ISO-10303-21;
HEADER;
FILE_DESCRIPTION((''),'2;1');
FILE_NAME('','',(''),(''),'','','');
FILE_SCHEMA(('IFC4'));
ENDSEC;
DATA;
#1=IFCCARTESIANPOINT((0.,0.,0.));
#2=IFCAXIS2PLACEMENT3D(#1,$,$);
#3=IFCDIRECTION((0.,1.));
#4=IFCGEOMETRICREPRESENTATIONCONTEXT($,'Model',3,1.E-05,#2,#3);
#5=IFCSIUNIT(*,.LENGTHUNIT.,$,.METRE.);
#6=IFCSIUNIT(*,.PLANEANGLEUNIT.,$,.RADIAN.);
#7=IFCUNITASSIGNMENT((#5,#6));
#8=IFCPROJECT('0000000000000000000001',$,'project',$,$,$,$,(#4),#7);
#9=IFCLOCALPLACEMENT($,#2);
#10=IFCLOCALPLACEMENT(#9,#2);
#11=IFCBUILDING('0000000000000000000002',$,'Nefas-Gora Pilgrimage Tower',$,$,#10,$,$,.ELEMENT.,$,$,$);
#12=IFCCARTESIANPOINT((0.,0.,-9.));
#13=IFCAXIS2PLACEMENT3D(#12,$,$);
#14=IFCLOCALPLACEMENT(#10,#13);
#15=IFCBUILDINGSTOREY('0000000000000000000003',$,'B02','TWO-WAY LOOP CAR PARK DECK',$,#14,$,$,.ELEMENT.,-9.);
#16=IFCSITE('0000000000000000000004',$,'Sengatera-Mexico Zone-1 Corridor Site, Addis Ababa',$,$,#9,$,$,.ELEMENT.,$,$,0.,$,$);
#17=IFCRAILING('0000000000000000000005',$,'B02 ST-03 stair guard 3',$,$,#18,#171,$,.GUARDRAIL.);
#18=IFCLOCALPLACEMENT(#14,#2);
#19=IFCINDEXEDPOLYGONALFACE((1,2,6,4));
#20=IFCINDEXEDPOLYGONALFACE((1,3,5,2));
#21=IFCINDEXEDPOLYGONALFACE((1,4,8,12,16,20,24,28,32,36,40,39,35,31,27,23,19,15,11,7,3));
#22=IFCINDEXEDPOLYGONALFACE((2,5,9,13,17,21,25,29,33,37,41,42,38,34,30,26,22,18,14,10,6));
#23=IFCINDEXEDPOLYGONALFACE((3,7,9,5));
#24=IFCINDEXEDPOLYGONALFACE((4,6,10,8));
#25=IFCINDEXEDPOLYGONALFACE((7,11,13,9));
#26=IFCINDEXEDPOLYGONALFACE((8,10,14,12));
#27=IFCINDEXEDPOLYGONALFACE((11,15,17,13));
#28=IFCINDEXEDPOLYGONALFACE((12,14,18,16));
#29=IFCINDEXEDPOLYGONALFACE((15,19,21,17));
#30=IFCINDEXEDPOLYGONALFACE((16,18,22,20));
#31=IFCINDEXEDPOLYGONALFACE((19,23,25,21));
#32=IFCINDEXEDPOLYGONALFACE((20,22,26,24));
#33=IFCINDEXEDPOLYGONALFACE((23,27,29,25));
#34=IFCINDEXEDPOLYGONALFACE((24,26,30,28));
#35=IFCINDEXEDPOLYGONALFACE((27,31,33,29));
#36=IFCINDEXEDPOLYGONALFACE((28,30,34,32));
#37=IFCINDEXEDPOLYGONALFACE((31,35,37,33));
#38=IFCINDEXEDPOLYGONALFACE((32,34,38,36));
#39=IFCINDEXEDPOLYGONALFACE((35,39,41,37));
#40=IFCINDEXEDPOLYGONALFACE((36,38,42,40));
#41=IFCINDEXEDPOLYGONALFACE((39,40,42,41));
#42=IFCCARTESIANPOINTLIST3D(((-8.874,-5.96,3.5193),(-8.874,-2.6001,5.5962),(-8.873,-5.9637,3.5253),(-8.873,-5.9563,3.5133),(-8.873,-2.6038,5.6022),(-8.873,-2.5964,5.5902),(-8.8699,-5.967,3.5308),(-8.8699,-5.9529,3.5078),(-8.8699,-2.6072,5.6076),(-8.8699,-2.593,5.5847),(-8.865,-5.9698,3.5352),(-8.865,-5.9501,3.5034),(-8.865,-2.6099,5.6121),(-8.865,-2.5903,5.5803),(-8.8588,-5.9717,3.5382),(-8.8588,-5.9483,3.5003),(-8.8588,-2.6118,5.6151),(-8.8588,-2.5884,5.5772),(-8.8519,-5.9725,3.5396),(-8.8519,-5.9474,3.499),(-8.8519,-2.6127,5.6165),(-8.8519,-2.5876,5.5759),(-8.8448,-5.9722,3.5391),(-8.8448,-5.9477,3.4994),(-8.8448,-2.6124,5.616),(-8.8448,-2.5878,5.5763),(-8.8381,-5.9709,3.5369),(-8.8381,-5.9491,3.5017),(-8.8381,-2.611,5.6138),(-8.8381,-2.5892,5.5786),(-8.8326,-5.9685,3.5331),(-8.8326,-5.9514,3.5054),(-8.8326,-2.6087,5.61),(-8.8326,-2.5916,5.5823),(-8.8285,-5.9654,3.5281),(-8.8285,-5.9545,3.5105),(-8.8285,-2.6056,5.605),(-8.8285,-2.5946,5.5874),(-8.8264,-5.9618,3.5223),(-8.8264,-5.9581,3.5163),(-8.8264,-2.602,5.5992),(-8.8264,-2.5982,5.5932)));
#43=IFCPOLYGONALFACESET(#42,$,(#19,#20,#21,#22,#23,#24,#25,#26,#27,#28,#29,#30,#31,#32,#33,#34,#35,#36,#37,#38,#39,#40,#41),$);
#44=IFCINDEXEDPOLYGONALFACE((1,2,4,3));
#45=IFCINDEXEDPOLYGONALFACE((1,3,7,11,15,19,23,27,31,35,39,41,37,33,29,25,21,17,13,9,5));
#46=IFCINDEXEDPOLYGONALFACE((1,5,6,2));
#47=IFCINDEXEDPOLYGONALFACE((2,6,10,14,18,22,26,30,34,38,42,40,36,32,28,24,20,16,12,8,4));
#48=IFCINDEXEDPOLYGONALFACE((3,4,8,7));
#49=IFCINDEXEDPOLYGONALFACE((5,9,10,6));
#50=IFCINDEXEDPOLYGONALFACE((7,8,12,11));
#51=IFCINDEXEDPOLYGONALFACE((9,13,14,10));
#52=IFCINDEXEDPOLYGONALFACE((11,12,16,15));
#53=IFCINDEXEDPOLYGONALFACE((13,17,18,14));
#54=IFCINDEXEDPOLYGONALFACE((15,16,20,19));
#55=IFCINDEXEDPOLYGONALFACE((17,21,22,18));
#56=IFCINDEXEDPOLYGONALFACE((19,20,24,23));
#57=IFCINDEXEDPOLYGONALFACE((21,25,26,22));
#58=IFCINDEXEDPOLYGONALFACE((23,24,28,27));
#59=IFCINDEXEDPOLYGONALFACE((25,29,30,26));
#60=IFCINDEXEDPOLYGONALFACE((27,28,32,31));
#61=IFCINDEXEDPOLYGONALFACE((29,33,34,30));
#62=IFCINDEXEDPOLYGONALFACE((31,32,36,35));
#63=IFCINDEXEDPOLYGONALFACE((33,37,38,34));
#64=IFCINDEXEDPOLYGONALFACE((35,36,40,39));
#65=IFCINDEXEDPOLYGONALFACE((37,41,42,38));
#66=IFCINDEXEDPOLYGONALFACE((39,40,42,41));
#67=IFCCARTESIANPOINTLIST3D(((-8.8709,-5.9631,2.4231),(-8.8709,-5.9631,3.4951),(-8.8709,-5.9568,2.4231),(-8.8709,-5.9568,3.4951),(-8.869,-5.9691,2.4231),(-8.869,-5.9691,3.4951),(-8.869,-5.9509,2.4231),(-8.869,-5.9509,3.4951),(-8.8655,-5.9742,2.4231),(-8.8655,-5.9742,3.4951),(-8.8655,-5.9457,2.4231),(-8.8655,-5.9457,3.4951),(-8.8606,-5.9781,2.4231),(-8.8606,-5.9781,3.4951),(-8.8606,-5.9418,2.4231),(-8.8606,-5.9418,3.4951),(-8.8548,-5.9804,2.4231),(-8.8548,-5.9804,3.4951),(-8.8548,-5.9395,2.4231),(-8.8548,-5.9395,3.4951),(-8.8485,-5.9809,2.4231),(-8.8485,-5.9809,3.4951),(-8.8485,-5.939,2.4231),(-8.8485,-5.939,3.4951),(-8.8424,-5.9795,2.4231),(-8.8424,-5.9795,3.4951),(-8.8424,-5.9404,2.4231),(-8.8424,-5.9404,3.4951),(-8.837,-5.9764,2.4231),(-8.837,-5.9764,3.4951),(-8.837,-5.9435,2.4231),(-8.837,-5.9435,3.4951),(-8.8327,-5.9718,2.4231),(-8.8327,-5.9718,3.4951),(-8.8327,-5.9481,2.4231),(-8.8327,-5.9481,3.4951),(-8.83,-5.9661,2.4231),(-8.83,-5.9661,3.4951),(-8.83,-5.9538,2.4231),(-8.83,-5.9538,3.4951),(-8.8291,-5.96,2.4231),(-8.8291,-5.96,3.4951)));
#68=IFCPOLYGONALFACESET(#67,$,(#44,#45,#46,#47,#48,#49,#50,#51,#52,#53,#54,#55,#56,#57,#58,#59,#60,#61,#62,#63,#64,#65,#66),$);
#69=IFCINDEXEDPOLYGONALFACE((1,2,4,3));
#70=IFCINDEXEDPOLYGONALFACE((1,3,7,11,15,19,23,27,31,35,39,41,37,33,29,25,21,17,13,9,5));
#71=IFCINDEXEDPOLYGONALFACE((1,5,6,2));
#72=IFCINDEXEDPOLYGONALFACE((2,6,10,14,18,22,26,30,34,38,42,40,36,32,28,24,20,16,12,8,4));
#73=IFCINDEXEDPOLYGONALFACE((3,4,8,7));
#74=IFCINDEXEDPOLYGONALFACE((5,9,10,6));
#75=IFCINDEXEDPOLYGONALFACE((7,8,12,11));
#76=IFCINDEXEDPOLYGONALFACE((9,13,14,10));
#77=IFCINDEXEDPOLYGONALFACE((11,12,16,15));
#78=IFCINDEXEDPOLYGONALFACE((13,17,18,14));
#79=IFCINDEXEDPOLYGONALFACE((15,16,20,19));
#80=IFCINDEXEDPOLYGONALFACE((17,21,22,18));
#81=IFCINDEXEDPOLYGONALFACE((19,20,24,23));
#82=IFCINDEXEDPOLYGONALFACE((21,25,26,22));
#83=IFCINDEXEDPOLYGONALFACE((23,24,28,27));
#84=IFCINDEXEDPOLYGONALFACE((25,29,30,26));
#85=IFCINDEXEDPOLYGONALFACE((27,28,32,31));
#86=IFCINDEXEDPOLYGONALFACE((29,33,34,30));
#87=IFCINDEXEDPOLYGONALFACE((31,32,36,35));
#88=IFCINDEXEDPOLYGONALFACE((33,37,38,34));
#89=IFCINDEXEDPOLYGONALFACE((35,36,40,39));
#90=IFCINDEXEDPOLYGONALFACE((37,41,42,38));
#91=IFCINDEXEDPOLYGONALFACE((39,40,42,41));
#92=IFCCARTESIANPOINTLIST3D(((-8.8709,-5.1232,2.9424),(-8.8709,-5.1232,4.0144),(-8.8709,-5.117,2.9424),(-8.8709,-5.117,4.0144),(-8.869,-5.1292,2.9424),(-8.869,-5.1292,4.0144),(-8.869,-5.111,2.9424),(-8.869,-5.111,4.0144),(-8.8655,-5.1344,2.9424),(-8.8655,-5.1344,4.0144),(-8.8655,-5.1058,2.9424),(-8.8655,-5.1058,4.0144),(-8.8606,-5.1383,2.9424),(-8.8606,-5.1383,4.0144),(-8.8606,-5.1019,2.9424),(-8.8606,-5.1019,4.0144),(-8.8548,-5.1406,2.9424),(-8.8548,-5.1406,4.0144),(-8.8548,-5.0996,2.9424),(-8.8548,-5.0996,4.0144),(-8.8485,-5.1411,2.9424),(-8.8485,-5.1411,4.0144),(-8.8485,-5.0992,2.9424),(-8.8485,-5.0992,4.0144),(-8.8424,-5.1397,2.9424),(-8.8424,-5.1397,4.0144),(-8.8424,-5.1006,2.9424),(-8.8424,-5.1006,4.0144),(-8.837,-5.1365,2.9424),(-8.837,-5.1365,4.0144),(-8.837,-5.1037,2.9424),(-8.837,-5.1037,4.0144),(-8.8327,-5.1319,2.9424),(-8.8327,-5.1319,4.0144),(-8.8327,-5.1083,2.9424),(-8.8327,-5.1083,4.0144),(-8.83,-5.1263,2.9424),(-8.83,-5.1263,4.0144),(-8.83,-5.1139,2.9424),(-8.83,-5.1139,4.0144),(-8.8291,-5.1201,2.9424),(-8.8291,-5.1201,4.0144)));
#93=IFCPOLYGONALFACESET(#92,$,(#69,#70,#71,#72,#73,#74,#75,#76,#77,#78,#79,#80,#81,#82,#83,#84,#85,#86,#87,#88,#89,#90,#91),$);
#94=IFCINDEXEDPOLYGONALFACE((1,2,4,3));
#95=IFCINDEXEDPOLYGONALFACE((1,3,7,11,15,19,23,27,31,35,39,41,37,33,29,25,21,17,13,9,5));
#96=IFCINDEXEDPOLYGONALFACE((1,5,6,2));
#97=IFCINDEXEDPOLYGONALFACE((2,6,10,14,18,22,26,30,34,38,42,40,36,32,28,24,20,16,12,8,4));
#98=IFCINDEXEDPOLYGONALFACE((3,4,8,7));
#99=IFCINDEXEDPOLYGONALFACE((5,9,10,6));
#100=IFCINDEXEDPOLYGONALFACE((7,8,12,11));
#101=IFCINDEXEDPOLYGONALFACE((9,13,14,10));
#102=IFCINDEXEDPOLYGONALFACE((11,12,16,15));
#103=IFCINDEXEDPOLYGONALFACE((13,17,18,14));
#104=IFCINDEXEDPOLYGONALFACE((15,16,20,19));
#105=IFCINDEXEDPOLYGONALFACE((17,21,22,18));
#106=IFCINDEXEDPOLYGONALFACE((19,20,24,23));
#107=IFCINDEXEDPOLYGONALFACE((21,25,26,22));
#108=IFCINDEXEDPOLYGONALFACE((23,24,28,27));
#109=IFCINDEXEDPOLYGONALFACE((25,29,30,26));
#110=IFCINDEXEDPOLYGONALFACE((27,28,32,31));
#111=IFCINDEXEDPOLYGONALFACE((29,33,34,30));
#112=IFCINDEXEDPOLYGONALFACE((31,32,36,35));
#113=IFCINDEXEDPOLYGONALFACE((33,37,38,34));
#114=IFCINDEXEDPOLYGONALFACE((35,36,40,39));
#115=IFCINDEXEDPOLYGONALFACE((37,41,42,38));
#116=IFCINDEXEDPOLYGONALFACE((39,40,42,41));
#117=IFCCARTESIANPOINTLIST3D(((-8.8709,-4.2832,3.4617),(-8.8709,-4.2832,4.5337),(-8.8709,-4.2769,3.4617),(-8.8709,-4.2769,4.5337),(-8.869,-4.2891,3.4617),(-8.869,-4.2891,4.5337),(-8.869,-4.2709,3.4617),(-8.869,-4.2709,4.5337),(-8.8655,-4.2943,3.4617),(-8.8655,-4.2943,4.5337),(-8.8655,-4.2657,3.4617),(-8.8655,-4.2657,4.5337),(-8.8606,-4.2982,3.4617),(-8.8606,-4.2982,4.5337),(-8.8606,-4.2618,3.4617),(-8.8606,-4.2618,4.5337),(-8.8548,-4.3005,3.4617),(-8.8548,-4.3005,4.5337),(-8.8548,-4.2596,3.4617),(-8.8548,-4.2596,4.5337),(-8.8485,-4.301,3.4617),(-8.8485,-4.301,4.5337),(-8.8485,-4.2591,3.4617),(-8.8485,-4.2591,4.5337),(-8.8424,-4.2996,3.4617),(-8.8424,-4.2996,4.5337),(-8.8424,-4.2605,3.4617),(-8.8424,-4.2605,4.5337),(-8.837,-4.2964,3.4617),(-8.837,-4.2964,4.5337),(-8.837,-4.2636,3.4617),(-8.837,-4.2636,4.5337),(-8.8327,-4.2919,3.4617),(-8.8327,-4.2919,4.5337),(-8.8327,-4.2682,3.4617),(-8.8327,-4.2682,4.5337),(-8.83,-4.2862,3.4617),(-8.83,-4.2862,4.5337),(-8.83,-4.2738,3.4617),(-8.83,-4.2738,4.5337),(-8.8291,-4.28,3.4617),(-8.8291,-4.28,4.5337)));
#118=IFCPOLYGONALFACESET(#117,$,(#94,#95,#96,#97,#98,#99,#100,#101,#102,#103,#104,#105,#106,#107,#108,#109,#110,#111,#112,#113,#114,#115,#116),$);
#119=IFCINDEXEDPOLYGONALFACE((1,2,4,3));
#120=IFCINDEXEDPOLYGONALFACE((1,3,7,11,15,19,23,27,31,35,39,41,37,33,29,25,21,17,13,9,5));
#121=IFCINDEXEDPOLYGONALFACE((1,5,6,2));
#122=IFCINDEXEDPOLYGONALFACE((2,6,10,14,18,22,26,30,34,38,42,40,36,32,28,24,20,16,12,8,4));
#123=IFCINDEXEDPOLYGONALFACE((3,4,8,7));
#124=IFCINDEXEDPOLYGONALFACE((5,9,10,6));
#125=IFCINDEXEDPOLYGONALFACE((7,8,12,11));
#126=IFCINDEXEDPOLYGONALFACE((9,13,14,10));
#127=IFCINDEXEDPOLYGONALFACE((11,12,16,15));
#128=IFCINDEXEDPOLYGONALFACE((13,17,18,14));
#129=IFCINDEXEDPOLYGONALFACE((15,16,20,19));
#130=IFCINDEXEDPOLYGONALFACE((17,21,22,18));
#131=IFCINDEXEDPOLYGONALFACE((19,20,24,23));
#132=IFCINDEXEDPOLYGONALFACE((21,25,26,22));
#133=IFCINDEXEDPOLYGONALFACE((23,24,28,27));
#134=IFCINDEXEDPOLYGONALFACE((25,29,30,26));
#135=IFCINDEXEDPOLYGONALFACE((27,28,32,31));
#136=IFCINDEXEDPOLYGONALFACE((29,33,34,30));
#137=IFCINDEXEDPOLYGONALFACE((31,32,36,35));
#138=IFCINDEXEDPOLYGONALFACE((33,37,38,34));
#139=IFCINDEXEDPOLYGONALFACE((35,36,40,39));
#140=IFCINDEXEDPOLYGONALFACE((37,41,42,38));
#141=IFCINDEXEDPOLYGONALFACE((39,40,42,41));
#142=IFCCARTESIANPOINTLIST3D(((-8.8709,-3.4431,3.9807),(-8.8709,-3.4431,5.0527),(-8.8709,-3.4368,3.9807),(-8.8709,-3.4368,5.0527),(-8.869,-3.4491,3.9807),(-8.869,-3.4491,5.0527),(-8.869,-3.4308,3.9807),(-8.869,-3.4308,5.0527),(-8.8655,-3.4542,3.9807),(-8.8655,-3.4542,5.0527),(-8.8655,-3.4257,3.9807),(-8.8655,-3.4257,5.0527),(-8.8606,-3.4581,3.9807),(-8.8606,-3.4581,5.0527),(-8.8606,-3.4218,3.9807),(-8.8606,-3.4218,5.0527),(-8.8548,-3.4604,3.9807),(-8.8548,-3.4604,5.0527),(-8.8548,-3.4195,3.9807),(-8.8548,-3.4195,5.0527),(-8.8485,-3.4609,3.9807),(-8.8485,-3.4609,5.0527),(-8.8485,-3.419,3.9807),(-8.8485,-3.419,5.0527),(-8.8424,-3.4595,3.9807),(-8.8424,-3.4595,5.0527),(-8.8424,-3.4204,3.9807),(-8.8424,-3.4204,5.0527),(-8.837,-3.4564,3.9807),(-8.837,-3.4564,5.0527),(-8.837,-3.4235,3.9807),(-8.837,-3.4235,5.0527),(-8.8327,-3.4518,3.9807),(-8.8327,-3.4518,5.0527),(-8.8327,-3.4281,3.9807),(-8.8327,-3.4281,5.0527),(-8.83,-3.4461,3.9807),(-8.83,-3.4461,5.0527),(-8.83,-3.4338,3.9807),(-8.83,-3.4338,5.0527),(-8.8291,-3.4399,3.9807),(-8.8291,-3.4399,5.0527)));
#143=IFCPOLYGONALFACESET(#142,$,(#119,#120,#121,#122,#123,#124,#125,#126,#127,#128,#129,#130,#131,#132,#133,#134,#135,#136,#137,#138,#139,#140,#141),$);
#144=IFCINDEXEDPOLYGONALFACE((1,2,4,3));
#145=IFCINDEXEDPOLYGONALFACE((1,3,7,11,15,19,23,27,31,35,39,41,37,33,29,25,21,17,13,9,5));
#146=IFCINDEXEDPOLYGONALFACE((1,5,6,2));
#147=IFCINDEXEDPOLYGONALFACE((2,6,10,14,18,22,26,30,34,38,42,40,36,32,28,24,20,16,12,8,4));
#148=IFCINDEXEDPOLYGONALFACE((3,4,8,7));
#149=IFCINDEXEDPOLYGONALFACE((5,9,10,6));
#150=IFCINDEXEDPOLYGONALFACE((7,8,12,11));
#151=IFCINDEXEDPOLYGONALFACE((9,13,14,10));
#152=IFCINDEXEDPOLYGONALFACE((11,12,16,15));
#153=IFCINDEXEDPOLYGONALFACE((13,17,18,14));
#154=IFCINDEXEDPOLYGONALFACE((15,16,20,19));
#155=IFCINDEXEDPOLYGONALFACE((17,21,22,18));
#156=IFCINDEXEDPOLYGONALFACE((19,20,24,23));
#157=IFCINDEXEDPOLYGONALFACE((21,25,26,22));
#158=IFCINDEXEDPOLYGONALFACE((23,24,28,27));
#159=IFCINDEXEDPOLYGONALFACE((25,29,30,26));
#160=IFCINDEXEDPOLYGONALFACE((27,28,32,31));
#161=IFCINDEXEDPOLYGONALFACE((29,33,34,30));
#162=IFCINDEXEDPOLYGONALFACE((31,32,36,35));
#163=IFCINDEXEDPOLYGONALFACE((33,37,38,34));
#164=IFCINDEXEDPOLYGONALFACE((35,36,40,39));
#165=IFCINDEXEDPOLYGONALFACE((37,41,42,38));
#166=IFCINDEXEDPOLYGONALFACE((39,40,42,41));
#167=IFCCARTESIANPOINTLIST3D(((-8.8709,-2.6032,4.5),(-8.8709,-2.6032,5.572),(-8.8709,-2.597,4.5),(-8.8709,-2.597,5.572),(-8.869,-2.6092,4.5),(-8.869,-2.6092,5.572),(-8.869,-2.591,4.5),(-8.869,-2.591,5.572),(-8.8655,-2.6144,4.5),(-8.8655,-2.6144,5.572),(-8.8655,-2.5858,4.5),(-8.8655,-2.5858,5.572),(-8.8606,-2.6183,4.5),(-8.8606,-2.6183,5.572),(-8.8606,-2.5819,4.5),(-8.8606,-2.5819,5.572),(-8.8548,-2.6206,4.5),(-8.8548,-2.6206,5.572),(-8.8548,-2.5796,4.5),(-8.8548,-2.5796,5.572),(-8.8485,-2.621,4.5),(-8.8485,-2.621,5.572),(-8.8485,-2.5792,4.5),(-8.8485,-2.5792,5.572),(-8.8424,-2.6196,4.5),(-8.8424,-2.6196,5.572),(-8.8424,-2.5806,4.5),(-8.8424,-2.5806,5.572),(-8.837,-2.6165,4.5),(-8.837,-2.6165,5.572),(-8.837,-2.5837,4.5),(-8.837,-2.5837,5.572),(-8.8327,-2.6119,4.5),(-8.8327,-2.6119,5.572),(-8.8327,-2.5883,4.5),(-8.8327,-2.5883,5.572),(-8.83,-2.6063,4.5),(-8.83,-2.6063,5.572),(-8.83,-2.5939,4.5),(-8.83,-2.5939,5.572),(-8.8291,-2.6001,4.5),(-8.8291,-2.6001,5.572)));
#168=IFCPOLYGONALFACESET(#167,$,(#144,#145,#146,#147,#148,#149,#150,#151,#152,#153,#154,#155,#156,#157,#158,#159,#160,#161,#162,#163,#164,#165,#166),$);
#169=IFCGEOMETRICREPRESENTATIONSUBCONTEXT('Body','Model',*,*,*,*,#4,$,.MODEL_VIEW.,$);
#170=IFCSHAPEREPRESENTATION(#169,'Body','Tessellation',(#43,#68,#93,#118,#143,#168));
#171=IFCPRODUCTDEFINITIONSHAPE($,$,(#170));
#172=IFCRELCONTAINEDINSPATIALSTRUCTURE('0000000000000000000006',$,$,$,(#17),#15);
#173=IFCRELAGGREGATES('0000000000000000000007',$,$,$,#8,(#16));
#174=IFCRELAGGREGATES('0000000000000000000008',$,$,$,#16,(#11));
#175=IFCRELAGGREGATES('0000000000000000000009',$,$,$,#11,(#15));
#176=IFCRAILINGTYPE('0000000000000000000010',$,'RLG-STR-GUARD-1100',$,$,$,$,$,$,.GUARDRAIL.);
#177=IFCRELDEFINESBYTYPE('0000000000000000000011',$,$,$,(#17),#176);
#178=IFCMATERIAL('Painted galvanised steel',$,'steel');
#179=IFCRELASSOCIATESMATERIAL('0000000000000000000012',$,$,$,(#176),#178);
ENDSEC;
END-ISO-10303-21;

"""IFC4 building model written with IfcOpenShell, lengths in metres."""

from ifc_helpers import new_model, si_unit, direction, frame, origin, origin_2d, place, context, subcontext, project, spatial, circle, extrude, material, type_object, element, save


model = new_model("IFC4")

# Units and contexts
model_context = context("Model", 3, precision=1e-05, world=origin(), true_north=direction((0.0, 1.0)))
body_context = subcontext(model_context, "Body", "Model", "MODEL_VIEW")
ifc_project = project(units=[si_unit("LENGTHUNIT", "METRE"), si_unit("PLANEANGLEUNIT", "RADIAN")], contexts=[model_context])

# Site, building, storey
site_placement = place(None, origin())
site = spatial("IfcSite", under=ifc_project, at=site_placement, Name="Sengatera-Mexico Zone-1 Corridor Site, Addis Ababa", CompositionType="ELEMENT", RefElevation=0.0)
building_placement = place(site_placement, origin())
building = spatial("IfcBuilding", under=site, at=building_placement, Name="Nefas-Gora Pilgrimage Tower", CompositionType="ELEMENT")
storey_placement = place(building_placement, frame((0.0, 0.0, -9.0)))
storey = spatial("IfcBuildingStorey", under=building, at=storey_placement, Name="B02", Description="TWO-WAY LOOP CAR PARK DECK", CompositionType="ELEMENT", Elevation=-9.0)

# Railing
ifc_material_1 = material(Name="Painted galvanised steel", Category="steel")
railing_type_1 = type_object("IfcRailingType", Name="RLG-STR-GUARD-1100", PredefinedType="GUARDRAIL", material=ifc_material_1)
railing_1_placement = place(storey_placement, frame((-8.8501, -5.96, 2.4231)))
element("IfcRailing", 1, at=railing_1_placement, inside=storey, type_object=railing_type_1, Name="B02 ST-03 stair guard 3", PredefinedType="GUARDRAIL", context=body_context, shape_type="SweptSolid", body=[
    extrude(circle(Radius=0.0239, at=origin_2d()), frame((0.0, 0.0, 1.0962), z_axis=(0.0, 0.850606, 0.525803), x_axis=(-1.0, 0.0, 0.0)), (0.0, 0.0, 1.0), 3.95),
    extrude(circle(Radius=0.021, at=origin_2d()), origin(), (0.0, 0.0, 1.0), 1.072),
    extrude(circle(Radius=0.021, at=origin_2d()), frame((0.0, 0.8398, 0.5193)), (0.0, 0.0, 1.0), 1.072),
    extrude(circle(Radius=0.021, at=origin_2d()), frame((0.0, 1.6799, 1.0386)), (0.0, 0.0, 1.0), 1.072),
    extrude(circle(Radius=0.021, at=origin_2d()), frame((0.0, 2.52, 1.5576)), (0.0, 0.0, 1.0), 1.072),
    extrude(circle(Radius=0.021, at=origin_2d()), frame((0.0, 3.3599, 2.0769)), (0.0, 0.0, 1.0), 1.072),
])

save(model, "model.ifc")
